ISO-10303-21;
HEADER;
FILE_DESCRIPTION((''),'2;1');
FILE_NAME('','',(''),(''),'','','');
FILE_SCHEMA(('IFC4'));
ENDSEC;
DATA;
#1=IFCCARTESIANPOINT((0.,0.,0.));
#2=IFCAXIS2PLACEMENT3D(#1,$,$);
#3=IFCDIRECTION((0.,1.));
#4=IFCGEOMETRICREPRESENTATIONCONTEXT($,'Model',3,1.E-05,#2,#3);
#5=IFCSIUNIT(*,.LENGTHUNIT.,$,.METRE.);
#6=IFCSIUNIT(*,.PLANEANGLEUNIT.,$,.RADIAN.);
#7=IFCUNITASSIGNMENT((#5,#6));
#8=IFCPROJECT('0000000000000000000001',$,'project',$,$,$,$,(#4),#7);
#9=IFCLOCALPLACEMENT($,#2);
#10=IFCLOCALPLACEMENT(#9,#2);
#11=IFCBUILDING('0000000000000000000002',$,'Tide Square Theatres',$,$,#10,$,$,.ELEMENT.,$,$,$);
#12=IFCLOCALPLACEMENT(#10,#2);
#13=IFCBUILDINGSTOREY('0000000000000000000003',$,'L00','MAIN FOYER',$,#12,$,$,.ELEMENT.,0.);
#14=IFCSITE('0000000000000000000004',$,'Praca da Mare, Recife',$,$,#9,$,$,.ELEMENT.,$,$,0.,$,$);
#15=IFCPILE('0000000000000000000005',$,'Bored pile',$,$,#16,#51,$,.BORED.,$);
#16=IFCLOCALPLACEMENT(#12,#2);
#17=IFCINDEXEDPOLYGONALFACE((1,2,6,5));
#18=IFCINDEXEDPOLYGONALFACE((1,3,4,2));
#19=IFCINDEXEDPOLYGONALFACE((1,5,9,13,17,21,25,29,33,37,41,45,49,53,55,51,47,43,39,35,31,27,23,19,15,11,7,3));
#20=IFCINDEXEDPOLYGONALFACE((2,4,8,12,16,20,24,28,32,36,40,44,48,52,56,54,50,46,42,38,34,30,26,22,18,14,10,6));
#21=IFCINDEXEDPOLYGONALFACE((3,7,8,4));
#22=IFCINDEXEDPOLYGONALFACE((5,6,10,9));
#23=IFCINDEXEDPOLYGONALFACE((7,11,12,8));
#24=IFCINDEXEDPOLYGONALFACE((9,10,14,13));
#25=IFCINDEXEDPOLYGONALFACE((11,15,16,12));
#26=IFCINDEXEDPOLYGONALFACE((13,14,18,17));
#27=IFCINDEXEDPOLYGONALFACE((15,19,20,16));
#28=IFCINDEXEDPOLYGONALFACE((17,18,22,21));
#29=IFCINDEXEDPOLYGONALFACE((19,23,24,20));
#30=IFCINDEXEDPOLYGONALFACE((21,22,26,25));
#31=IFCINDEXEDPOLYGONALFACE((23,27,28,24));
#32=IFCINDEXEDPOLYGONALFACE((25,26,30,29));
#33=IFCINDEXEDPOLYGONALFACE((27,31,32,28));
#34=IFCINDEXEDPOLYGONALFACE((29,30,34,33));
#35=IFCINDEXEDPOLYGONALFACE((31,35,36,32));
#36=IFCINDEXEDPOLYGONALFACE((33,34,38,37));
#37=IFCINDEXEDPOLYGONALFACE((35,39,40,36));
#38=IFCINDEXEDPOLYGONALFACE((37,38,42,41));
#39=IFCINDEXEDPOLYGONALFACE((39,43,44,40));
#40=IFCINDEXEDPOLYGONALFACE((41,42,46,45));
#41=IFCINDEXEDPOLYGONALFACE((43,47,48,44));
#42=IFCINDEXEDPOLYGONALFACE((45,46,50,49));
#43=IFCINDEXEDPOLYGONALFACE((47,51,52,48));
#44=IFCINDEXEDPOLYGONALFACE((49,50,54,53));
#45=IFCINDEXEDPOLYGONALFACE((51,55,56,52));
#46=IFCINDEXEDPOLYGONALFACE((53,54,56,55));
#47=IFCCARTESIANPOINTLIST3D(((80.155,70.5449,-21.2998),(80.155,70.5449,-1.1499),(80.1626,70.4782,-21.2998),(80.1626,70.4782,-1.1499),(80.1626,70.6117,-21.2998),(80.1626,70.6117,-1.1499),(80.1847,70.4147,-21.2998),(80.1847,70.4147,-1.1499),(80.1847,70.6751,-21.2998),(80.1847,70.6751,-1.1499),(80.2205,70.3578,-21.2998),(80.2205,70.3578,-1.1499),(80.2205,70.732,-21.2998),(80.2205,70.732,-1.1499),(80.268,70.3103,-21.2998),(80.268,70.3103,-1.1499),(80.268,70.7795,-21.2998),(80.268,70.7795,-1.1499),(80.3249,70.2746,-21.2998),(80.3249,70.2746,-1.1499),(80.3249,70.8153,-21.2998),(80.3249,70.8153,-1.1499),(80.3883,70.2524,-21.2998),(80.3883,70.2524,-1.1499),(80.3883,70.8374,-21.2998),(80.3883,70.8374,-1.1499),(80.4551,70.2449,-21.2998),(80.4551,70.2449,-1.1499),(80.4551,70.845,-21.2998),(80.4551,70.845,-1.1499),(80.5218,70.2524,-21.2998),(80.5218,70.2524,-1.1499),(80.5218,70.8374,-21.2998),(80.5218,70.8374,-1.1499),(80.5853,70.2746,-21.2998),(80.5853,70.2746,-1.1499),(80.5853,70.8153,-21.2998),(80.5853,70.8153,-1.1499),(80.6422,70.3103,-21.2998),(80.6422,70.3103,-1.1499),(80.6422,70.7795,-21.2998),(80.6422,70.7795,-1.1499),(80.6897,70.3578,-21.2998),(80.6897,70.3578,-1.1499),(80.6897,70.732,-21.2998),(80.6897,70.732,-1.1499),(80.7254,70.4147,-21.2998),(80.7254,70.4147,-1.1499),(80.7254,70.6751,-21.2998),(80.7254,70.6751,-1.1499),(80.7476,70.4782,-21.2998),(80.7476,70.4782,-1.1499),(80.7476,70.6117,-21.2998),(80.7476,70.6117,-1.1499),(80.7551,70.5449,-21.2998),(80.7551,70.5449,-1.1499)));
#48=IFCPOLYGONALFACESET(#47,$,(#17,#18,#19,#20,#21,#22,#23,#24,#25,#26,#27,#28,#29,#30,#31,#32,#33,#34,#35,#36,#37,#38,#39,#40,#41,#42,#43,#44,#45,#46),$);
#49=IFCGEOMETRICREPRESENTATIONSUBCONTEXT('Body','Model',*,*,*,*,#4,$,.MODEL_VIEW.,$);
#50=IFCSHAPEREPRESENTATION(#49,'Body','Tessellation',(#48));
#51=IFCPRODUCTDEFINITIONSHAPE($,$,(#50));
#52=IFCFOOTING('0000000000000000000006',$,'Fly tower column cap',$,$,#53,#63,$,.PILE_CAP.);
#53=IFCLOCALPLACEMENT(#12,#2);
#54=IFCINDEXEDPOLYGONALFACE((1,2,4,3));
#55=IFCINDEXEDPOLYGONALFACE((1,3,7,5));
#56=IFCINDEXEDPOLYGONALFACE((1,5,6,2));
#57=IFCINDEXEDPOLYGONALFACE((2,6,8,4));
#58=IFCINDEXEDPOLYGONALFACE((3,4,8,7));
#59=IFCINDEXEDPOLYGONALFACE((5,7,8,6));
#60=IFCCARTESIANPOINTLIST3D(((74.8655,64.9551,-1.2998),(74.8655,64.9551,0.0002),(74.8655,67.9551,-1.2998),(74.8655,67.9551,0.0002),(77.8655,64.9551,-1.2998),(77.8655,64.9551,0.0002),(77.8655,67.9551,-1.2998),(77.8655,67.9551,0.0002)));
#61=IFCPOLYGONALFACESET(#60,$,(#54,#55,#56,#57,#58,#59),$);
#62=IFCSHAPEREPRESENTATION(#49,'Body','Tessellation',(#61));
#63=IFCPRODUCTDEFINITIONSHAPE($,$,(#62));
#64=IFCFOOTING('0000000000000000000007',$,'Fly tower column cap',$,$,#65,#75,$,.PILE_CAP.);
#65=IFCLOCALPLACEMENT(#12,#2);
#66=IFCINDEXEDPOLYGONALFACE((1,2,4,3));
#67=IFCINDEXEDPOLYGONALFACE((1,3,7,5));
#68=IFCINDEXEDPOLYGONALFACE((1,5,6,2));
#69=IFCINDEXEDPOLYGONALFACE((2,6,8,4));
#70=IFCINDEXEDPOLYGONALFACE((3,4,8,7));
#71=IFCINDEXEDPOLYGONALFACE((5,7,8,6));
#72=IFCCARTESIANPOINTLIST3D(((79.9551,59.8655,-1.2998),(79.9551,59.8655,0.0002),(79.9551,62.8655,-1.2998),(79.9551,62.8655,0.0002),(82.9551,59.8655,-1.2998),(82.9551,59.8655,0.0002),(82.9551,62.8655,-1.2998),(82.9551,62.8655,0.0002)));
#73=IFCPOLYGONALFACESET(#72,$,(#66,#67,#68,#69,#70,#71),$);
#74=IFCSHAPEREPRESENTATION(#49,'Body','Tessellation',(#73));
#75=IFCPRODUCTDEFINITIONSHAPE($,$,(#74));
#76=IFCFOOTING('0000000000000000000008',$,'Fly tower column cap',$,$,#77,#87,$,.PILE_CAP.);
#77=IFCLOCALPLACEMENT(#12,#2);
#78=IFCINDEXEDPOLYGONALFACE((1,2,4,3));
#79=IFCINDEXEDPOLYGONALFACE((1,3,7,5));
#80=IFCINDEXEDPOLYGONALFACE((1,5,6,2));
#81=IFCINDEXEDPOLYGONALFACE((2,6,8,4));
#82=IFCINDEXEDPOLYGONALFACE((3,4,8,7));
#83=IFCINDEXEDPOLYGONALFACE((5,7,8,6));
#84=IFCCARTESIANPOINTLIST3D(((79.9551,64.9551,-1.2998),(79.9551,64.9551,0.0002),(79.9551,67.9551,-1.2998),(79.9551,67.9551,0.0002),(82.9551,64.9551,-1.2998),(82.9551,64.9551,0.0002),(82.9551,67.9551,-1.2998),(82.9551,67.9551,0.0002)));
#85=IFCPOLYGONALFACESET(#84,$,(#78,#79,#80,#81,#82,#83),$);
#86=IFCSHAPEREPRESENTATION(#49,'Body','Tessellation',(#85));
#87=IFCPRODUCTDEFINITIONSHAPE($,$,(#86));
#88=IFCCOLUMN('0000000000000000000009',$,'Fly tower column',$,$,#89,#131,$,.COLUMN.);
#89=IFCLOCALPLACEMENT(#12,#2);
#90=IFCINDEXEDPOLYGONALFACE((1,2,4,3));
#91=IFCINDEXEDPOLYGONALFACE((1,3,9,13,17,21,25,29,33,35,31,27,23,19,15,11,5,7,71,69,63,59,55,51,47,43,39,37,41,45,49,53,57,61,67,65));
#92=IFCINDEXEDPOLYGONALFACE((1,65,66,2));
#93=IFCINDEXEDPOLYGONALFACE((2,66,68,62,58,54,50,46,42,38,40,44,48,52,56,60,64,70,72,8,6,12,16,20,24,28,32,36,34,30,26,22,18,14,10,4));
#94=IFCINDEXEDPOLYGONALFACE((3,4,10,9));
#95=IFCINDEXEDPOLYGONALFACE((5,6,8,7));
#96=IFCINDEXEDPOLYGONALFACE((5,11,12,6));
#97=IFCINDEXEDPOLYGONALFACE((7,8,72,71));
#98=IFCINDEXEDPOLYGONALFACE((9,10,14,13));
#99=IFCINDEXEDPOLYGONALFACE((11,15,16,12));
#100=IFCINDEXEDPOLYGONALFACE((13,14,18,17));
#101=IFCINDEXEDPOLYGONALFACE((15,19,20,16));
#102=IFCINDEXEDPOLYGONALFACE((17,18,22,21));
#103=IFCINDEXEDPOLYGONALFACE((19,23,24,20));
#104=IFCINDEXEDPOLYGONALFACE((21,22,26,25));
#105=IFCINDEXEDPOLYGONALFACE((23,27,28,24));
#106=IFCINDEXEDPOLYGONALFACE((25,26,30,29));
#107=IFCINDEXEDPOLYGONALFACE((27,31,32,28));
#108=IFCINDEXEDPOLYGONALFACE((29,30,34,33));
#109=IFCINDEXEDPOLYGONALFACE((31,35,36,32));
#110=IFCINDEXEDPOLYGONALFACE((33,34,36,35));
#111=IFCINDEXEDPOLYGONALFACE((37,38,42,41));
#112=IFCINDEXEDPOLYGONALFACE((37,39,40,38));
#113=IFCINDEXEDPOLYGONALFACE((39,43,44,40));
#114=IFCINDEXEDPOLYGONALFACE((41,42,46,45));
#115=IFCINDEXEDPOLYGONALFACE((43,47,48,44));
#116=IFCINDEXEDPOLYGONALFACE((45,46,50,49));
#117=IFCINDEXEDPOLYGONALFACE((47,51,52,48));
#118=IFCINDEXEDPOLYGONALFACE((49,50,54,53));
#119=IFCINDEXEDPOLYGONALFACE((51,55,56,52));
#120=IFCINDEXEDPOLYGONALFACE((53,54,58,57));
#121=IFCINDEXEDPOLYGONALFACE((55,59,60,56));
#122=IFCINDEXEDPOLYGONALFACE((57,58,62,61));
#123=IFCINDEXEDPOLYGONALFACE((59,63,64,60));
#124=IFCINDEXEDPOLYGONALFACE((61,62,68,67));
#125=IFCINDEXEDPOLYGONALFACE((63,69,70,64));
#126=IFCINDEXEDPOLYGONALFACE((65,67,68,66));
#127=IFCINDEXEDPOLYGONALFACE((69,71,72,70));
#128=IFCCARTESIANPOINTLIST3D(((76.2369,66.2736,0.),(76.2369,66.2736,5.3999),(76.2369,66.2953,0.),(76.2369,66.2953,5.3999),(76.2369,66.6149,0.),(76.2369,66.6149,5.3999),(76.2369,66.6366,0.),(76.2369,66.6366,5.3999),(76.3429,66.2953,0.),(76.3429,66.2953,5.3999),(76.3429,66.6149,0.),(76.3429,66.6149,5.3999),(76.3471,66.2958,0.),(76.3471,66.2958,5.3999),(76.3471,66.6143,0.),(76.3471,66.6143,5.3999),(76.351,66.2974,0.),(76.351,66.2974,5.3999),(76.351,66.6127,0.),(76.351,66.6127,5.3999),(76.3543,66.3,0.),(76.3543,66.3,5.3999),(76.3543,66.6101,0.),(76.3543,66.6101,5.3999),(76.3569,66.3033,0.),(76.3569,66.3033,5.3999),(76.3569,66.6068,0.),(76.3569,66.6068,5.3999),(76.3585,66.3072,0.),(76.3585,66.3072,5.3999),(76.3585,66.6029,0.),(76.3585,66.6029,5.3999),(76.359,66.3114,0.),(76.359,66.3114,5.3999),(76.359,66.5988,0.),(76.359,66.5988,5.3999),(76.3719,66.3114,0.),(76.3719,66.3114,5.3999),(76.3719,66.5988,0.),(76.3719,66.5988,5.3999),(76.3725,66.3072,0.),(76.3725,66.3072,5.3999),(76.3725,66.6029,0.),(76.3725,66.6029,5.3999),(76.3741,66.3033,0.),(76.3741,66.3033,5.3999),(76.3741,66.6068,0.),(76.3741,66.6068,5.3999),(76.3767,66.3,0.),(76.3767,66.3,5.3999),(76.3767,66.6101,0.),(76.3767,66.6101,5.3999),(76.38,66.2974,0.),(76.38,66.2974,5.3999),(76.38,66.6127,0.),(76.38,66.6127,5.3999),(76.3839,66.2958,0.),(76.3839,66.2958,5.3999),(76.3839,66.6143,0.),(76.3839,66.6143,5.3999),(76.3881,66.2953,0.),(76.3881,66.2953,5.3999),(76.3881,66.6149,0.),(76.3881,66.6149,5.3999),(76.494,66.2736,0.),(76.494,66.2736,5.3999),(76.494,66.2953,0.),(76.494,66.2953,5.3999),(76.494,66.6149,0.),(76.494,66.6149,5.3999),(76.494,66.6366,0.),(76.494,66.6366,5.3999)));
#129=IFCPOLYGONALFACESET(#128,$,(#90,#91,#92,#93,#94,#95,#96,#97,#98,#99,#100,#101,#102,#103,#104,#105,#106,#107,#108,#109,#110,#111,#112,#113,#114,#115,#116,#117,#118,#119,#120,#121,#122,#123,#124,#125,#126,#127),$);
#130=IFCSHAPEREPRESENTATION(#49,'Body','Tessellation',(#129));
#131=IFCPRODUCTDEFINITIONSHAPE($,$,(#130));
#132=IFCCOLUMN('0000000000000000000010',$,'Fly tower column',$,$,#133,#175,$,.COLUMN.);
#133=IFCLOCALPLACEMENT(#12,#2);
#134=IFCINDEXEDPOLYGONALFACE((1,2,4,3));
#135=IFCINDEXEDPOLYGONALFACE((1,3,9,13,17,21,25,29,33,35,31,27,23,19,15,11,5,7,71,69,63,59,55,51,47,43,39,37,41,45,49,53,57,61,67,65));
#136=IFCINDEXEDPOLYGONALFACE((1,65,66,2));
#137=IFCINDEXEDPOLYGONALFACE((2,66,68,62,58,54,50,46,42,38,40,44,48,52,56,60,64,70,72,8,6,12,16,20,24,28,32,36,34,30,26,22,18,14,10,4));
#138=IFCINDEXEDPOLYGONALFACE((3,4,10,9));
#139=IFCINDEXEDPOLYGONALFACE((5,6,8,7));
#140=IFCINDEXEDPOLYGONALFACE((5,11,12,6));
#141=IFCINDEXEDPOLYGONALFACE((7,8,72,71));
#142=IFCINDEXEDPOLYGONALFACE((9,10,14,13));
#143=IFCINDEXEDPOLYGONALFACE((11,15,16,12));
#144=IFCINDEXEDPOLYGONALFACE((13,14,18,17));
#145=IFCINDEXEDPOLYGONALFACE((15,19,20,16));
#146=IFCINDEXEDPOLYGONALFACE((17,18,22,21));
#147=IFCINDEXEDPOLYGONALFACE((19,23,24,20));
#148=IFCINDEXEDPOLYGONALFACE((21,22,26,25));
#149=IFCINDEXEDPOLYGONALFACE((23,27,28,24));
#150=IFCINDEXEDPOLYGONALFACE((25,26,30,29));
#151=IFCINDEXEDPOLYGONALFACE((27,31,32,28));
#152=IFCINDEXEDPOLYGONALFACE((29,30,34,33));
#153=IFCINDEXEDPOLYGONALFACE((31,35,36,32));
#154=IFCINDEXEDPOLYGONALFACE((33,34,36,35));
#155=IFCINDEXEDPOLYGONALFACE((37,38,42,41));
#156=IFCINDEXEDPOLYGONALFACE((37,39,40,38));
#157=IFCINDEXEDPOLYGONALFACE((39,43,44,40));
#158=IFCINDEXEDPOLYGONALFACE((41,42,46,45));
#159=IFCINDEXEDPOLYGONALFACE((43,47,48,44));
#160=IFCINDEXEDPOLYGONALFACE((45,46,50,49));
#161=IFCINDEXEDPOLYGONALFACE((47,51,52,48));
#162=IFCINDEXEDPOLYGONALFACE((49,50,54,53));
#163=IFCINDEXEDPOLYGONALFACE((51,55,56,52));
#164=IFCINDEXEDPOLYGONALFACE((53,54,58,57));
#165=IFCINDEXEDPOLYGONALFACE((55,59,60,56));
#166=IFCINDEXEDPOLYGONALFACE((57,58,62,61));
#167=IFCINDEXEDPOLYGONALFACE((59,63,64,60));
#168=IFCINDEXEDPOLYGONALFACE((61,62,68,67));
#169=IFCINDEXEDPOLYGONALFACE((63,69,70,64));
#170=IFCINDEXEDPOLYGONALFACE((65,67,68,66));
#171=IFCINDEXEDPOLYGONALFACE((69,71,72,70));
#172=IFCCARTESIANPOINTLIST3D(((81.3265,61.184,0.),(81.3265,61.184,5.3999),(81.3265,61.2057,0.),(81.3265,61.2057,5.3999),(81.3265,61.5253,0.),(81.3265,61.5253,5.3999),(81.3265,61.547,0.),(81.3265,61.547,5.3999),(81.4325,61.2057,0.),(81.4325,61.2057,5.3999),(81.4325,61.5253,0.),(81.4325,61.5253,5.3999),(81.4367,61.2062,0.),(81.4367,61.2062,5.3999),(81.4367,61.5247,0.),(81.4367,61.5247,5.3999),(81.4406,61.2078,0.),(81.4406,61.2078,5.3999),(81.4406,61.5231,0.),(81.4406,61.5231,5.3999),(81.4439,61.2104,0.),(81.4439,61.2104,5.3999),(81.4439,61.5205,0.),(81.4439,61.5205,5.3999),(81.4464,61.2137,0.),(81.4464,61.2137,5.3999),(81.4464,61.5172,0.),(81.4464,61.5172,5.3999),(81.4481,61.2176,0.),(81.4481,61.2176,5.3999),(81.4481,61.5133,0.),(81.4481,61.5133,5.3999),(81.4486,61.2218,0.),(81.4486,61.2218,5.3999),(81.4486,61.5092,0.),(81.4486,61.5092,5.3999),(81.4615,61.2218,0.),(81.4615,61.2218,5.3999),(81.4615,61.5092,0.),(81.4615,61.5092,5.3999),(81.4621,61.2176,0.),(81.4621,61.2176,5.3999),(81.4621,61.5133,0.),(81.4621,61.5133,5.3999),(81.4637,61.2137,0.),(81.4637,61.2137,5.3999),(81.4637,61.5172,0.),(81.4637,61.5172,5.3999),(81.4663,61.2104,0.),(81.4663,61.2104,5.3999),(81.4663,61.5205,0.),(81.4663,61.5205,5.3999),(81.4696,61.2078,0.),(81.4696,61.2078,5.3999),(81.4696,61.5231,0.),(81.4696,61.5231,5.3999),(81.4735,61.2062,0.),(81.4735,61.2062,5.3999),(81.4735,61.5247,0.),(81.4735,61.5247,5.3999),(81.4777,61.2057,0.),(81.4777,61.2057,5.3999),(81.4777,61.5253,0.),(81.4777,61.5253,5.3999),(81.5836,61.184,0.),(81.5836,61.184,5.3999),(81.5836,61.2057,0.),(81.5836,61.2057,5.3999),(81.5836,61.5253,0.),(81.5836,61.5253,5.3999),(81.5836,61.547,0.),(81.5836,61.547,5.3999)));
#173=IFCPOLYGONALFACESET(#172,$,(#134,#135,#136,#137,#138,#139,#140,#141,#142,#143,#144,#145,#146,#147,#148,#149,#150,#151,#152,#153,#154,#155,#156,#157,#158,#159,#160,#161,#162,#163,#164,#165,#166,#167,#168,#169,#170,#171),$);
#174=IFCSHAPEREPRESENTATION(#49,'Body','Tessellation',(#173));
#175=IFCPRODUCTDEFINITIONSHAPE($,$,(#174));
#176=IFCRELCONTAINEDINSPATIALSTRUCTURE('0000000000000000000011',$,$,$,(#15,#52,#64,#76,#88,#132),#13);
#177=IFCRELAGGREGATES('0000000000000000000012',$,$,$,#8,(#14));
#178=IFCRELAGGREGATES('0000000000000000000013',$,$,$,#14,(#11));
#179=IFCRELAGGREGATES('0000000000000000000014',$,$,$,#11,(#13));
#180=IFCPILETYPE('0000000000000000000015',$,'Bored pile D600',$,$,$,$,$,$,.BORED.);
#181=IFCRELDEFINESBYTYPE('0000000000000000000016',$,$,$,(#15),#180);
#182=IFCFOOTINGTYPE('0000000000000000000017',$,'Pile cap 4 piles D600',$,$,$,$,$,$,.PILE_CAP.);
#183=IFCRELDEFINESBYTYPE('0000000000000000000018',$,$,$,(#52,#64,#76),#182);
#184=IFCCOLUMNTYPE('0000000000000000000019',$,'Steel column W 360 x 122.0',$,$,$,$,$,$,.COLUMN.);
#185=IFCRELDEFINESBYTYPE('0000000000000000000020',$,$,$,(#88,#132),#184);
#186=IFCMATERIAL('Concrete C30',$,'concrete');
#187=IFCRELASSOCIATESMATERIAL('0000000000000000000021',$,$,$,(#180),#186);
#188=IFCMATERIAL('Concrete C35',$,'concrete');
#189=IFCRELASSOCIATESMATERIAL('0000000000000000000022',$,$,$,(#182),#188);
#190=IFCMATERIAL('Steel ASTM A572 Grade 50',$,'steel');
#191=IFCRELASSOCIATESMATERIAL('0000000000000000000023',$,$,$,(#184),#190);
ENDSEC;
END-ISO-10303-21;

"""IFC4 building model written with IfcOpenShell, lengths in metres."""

from ifc_helpers import new_model, si_unit, direction, frame, origin, origin_2d, place, context, subcontext, project, spatial, rectangle, circle, i_section, extrude, material, material_profile, profile_set, type_object, element, save


model = new_model("IFC4")

# Units and contexts
model_context = context("Model", 3, precision=1e-05, world=origin(), true_north=direction((0.0, 1.0)))
body_context = subcontext(model_context, "Body", "Model", "MODEL_VIEW")
ifc_project = project(units=[si_unit("LENGTHUNIT", "METRE"), si_unit("PLANEANGLEUNIT", "RADIAN")], contexts=[model_context])

# Site, building, storey
site_placement = place(None, origin())
site = spatial("IfcSite", under=ifc_project, at=site_placement, Name="Praca da Mare, Recife", CompositionType="ELEMENT", RefElevation=0.0)
building_placement = place(site_placement, origin())
building = spatial("IfcBuilding", under=site, at=building_placement, Name="Tide Square Theatres", CompositionType="ELEMENT")
storey_placement = place(building_placement, origin())
storey = spatial("IfcBuildingStorey", under=building, at=storey_placement, Name="L00", Description="MAIN FOYER", CompositionType="ELEMENT", Elevation=0.0)

# Pile
ifc_material_1 = material(Name="Concrete C30", Category="concrete")
ifc_material_profile_1 = material_profile(ifc_material_1, circle(Radius=0.3, at=origin_2d()))
ifc_profile_set_1 = profile_set([ifc_material_profile_1], Name="Concrete C30")
pile_type = type_object("IfcPileType", Name="Bored pile D600", PredefinedType="BORED", material=ifc_profile_set_1)
for number, where, z_axis, x_axis, name in (
    (1, (80.4551, 70.5449, -1.1499), (0.0, 0.0, -1.0), (1.0, 0.0, 0.0), "Bored pile"),
):
    element("IfcPile", number, at=place(storey_placement, frame(where, z_axis=z_axis, x_axis=x_axis)), inside=storey, type_object=pile_type, Name=name, PredefinedType="BORED", context=body_context, shape_type="SweptSolid", body=[
        extrude(circle(Radius=0.3, at=origin_2d()), origin(), (0.0, 0.0, 1.0), 20.1499),
    ])

# Footings
ifc_material_2 = material(Name="Concrete C35", Category="concrete")
footing_type = type_object("IfcFootingType", Name="Pile cap 4 piles D600", PredefinedType="PILE_CAP", material=ifc_material_2)
for number, where, z_axis, x_axis, name in (
    (2, (76.3655, 66.4551, -1.2998), (0.0, 0.0, 1.0), (1.0, 0.0, 0.0), "Fly tower column cap"),
    (3, (81.4551, 61.3655, -1.2998), (0.0, 0.0, 1.0), (1.0, 0.0, 0.0), "Fly tower column cap"),
    (4, (81.4551, 66.4551, -1.2998), (0.0, 0.0, 1.0), (1.0, 0.0, 0.0), "Fly tower column cap"),
):
    element("IfcFooting", number, at=place(storey_placement, frame(where, z_axis=z_axis, x_axis=x_axis)), inside=storey, type_object=footing_type, Name=name, PredefinedType="PILE_CAP", context=body_context, shape_type="SweptSolid", body=[
        extrude(rectangle(XDim=3.0, YDim=3.0, at=origin_2d()), origin(), (0.0, 0.0, 1.0), 1.3),
    ])

# Columns
ifc_material_3 = material(Name="Steel ASTM A572 Grade 50", Category="steel")
ifc_material_profile_2 = material_profile(ifc_material_3, i_section(OverallWidth=0.2571, OverallDepth=0.363, WebThickness=0.0129, FlangeThickness=0.0217, FilletRadius=0.0161, at=origin_2d()))
ifc_profile_set_2 = profile_set([ifc_material_profile_2], Name="Steel ASTM A572 Grade 50")
column_type = type_object("IfcColumnType", Name="Steel column W 360 x 122.0", PredefinedType="COLUMN", material=ifc_profile_set_2)
for number, where, z_axis, x_axis, name in (
    (5, (76.3655, 66.4551, 0.0), (0.0, 0.0, 1.0), (1.0, 0.0, 0.0), "Fly tower column"),
    (6, (81.4551, 61.3655, 0.0), (0.0, 0.0, 1.0), (1.0, 0.0, 0.0), "Fly tower column"),
):
    element("IfcColumn", number, at=place(storey_placement, frame(where, z_axis=z_axis, x_axis=x_axis)), inside=storey, type_object=column_type, Name=name, PredefinedType="COLUMN", context=body_context, shape_type="SweptSolid", body=[
        extrude(i_section(OverallWidth=0.2571, OverallDepth=0.363, WebThickness=0.0129, FlangeThickness=0.0217, FilletRadius=0.0161, at=origin_2d()), origin(), (0.0, 0.0, 1.0), 5.3999),
    ])

save(model, "model.ifc")
